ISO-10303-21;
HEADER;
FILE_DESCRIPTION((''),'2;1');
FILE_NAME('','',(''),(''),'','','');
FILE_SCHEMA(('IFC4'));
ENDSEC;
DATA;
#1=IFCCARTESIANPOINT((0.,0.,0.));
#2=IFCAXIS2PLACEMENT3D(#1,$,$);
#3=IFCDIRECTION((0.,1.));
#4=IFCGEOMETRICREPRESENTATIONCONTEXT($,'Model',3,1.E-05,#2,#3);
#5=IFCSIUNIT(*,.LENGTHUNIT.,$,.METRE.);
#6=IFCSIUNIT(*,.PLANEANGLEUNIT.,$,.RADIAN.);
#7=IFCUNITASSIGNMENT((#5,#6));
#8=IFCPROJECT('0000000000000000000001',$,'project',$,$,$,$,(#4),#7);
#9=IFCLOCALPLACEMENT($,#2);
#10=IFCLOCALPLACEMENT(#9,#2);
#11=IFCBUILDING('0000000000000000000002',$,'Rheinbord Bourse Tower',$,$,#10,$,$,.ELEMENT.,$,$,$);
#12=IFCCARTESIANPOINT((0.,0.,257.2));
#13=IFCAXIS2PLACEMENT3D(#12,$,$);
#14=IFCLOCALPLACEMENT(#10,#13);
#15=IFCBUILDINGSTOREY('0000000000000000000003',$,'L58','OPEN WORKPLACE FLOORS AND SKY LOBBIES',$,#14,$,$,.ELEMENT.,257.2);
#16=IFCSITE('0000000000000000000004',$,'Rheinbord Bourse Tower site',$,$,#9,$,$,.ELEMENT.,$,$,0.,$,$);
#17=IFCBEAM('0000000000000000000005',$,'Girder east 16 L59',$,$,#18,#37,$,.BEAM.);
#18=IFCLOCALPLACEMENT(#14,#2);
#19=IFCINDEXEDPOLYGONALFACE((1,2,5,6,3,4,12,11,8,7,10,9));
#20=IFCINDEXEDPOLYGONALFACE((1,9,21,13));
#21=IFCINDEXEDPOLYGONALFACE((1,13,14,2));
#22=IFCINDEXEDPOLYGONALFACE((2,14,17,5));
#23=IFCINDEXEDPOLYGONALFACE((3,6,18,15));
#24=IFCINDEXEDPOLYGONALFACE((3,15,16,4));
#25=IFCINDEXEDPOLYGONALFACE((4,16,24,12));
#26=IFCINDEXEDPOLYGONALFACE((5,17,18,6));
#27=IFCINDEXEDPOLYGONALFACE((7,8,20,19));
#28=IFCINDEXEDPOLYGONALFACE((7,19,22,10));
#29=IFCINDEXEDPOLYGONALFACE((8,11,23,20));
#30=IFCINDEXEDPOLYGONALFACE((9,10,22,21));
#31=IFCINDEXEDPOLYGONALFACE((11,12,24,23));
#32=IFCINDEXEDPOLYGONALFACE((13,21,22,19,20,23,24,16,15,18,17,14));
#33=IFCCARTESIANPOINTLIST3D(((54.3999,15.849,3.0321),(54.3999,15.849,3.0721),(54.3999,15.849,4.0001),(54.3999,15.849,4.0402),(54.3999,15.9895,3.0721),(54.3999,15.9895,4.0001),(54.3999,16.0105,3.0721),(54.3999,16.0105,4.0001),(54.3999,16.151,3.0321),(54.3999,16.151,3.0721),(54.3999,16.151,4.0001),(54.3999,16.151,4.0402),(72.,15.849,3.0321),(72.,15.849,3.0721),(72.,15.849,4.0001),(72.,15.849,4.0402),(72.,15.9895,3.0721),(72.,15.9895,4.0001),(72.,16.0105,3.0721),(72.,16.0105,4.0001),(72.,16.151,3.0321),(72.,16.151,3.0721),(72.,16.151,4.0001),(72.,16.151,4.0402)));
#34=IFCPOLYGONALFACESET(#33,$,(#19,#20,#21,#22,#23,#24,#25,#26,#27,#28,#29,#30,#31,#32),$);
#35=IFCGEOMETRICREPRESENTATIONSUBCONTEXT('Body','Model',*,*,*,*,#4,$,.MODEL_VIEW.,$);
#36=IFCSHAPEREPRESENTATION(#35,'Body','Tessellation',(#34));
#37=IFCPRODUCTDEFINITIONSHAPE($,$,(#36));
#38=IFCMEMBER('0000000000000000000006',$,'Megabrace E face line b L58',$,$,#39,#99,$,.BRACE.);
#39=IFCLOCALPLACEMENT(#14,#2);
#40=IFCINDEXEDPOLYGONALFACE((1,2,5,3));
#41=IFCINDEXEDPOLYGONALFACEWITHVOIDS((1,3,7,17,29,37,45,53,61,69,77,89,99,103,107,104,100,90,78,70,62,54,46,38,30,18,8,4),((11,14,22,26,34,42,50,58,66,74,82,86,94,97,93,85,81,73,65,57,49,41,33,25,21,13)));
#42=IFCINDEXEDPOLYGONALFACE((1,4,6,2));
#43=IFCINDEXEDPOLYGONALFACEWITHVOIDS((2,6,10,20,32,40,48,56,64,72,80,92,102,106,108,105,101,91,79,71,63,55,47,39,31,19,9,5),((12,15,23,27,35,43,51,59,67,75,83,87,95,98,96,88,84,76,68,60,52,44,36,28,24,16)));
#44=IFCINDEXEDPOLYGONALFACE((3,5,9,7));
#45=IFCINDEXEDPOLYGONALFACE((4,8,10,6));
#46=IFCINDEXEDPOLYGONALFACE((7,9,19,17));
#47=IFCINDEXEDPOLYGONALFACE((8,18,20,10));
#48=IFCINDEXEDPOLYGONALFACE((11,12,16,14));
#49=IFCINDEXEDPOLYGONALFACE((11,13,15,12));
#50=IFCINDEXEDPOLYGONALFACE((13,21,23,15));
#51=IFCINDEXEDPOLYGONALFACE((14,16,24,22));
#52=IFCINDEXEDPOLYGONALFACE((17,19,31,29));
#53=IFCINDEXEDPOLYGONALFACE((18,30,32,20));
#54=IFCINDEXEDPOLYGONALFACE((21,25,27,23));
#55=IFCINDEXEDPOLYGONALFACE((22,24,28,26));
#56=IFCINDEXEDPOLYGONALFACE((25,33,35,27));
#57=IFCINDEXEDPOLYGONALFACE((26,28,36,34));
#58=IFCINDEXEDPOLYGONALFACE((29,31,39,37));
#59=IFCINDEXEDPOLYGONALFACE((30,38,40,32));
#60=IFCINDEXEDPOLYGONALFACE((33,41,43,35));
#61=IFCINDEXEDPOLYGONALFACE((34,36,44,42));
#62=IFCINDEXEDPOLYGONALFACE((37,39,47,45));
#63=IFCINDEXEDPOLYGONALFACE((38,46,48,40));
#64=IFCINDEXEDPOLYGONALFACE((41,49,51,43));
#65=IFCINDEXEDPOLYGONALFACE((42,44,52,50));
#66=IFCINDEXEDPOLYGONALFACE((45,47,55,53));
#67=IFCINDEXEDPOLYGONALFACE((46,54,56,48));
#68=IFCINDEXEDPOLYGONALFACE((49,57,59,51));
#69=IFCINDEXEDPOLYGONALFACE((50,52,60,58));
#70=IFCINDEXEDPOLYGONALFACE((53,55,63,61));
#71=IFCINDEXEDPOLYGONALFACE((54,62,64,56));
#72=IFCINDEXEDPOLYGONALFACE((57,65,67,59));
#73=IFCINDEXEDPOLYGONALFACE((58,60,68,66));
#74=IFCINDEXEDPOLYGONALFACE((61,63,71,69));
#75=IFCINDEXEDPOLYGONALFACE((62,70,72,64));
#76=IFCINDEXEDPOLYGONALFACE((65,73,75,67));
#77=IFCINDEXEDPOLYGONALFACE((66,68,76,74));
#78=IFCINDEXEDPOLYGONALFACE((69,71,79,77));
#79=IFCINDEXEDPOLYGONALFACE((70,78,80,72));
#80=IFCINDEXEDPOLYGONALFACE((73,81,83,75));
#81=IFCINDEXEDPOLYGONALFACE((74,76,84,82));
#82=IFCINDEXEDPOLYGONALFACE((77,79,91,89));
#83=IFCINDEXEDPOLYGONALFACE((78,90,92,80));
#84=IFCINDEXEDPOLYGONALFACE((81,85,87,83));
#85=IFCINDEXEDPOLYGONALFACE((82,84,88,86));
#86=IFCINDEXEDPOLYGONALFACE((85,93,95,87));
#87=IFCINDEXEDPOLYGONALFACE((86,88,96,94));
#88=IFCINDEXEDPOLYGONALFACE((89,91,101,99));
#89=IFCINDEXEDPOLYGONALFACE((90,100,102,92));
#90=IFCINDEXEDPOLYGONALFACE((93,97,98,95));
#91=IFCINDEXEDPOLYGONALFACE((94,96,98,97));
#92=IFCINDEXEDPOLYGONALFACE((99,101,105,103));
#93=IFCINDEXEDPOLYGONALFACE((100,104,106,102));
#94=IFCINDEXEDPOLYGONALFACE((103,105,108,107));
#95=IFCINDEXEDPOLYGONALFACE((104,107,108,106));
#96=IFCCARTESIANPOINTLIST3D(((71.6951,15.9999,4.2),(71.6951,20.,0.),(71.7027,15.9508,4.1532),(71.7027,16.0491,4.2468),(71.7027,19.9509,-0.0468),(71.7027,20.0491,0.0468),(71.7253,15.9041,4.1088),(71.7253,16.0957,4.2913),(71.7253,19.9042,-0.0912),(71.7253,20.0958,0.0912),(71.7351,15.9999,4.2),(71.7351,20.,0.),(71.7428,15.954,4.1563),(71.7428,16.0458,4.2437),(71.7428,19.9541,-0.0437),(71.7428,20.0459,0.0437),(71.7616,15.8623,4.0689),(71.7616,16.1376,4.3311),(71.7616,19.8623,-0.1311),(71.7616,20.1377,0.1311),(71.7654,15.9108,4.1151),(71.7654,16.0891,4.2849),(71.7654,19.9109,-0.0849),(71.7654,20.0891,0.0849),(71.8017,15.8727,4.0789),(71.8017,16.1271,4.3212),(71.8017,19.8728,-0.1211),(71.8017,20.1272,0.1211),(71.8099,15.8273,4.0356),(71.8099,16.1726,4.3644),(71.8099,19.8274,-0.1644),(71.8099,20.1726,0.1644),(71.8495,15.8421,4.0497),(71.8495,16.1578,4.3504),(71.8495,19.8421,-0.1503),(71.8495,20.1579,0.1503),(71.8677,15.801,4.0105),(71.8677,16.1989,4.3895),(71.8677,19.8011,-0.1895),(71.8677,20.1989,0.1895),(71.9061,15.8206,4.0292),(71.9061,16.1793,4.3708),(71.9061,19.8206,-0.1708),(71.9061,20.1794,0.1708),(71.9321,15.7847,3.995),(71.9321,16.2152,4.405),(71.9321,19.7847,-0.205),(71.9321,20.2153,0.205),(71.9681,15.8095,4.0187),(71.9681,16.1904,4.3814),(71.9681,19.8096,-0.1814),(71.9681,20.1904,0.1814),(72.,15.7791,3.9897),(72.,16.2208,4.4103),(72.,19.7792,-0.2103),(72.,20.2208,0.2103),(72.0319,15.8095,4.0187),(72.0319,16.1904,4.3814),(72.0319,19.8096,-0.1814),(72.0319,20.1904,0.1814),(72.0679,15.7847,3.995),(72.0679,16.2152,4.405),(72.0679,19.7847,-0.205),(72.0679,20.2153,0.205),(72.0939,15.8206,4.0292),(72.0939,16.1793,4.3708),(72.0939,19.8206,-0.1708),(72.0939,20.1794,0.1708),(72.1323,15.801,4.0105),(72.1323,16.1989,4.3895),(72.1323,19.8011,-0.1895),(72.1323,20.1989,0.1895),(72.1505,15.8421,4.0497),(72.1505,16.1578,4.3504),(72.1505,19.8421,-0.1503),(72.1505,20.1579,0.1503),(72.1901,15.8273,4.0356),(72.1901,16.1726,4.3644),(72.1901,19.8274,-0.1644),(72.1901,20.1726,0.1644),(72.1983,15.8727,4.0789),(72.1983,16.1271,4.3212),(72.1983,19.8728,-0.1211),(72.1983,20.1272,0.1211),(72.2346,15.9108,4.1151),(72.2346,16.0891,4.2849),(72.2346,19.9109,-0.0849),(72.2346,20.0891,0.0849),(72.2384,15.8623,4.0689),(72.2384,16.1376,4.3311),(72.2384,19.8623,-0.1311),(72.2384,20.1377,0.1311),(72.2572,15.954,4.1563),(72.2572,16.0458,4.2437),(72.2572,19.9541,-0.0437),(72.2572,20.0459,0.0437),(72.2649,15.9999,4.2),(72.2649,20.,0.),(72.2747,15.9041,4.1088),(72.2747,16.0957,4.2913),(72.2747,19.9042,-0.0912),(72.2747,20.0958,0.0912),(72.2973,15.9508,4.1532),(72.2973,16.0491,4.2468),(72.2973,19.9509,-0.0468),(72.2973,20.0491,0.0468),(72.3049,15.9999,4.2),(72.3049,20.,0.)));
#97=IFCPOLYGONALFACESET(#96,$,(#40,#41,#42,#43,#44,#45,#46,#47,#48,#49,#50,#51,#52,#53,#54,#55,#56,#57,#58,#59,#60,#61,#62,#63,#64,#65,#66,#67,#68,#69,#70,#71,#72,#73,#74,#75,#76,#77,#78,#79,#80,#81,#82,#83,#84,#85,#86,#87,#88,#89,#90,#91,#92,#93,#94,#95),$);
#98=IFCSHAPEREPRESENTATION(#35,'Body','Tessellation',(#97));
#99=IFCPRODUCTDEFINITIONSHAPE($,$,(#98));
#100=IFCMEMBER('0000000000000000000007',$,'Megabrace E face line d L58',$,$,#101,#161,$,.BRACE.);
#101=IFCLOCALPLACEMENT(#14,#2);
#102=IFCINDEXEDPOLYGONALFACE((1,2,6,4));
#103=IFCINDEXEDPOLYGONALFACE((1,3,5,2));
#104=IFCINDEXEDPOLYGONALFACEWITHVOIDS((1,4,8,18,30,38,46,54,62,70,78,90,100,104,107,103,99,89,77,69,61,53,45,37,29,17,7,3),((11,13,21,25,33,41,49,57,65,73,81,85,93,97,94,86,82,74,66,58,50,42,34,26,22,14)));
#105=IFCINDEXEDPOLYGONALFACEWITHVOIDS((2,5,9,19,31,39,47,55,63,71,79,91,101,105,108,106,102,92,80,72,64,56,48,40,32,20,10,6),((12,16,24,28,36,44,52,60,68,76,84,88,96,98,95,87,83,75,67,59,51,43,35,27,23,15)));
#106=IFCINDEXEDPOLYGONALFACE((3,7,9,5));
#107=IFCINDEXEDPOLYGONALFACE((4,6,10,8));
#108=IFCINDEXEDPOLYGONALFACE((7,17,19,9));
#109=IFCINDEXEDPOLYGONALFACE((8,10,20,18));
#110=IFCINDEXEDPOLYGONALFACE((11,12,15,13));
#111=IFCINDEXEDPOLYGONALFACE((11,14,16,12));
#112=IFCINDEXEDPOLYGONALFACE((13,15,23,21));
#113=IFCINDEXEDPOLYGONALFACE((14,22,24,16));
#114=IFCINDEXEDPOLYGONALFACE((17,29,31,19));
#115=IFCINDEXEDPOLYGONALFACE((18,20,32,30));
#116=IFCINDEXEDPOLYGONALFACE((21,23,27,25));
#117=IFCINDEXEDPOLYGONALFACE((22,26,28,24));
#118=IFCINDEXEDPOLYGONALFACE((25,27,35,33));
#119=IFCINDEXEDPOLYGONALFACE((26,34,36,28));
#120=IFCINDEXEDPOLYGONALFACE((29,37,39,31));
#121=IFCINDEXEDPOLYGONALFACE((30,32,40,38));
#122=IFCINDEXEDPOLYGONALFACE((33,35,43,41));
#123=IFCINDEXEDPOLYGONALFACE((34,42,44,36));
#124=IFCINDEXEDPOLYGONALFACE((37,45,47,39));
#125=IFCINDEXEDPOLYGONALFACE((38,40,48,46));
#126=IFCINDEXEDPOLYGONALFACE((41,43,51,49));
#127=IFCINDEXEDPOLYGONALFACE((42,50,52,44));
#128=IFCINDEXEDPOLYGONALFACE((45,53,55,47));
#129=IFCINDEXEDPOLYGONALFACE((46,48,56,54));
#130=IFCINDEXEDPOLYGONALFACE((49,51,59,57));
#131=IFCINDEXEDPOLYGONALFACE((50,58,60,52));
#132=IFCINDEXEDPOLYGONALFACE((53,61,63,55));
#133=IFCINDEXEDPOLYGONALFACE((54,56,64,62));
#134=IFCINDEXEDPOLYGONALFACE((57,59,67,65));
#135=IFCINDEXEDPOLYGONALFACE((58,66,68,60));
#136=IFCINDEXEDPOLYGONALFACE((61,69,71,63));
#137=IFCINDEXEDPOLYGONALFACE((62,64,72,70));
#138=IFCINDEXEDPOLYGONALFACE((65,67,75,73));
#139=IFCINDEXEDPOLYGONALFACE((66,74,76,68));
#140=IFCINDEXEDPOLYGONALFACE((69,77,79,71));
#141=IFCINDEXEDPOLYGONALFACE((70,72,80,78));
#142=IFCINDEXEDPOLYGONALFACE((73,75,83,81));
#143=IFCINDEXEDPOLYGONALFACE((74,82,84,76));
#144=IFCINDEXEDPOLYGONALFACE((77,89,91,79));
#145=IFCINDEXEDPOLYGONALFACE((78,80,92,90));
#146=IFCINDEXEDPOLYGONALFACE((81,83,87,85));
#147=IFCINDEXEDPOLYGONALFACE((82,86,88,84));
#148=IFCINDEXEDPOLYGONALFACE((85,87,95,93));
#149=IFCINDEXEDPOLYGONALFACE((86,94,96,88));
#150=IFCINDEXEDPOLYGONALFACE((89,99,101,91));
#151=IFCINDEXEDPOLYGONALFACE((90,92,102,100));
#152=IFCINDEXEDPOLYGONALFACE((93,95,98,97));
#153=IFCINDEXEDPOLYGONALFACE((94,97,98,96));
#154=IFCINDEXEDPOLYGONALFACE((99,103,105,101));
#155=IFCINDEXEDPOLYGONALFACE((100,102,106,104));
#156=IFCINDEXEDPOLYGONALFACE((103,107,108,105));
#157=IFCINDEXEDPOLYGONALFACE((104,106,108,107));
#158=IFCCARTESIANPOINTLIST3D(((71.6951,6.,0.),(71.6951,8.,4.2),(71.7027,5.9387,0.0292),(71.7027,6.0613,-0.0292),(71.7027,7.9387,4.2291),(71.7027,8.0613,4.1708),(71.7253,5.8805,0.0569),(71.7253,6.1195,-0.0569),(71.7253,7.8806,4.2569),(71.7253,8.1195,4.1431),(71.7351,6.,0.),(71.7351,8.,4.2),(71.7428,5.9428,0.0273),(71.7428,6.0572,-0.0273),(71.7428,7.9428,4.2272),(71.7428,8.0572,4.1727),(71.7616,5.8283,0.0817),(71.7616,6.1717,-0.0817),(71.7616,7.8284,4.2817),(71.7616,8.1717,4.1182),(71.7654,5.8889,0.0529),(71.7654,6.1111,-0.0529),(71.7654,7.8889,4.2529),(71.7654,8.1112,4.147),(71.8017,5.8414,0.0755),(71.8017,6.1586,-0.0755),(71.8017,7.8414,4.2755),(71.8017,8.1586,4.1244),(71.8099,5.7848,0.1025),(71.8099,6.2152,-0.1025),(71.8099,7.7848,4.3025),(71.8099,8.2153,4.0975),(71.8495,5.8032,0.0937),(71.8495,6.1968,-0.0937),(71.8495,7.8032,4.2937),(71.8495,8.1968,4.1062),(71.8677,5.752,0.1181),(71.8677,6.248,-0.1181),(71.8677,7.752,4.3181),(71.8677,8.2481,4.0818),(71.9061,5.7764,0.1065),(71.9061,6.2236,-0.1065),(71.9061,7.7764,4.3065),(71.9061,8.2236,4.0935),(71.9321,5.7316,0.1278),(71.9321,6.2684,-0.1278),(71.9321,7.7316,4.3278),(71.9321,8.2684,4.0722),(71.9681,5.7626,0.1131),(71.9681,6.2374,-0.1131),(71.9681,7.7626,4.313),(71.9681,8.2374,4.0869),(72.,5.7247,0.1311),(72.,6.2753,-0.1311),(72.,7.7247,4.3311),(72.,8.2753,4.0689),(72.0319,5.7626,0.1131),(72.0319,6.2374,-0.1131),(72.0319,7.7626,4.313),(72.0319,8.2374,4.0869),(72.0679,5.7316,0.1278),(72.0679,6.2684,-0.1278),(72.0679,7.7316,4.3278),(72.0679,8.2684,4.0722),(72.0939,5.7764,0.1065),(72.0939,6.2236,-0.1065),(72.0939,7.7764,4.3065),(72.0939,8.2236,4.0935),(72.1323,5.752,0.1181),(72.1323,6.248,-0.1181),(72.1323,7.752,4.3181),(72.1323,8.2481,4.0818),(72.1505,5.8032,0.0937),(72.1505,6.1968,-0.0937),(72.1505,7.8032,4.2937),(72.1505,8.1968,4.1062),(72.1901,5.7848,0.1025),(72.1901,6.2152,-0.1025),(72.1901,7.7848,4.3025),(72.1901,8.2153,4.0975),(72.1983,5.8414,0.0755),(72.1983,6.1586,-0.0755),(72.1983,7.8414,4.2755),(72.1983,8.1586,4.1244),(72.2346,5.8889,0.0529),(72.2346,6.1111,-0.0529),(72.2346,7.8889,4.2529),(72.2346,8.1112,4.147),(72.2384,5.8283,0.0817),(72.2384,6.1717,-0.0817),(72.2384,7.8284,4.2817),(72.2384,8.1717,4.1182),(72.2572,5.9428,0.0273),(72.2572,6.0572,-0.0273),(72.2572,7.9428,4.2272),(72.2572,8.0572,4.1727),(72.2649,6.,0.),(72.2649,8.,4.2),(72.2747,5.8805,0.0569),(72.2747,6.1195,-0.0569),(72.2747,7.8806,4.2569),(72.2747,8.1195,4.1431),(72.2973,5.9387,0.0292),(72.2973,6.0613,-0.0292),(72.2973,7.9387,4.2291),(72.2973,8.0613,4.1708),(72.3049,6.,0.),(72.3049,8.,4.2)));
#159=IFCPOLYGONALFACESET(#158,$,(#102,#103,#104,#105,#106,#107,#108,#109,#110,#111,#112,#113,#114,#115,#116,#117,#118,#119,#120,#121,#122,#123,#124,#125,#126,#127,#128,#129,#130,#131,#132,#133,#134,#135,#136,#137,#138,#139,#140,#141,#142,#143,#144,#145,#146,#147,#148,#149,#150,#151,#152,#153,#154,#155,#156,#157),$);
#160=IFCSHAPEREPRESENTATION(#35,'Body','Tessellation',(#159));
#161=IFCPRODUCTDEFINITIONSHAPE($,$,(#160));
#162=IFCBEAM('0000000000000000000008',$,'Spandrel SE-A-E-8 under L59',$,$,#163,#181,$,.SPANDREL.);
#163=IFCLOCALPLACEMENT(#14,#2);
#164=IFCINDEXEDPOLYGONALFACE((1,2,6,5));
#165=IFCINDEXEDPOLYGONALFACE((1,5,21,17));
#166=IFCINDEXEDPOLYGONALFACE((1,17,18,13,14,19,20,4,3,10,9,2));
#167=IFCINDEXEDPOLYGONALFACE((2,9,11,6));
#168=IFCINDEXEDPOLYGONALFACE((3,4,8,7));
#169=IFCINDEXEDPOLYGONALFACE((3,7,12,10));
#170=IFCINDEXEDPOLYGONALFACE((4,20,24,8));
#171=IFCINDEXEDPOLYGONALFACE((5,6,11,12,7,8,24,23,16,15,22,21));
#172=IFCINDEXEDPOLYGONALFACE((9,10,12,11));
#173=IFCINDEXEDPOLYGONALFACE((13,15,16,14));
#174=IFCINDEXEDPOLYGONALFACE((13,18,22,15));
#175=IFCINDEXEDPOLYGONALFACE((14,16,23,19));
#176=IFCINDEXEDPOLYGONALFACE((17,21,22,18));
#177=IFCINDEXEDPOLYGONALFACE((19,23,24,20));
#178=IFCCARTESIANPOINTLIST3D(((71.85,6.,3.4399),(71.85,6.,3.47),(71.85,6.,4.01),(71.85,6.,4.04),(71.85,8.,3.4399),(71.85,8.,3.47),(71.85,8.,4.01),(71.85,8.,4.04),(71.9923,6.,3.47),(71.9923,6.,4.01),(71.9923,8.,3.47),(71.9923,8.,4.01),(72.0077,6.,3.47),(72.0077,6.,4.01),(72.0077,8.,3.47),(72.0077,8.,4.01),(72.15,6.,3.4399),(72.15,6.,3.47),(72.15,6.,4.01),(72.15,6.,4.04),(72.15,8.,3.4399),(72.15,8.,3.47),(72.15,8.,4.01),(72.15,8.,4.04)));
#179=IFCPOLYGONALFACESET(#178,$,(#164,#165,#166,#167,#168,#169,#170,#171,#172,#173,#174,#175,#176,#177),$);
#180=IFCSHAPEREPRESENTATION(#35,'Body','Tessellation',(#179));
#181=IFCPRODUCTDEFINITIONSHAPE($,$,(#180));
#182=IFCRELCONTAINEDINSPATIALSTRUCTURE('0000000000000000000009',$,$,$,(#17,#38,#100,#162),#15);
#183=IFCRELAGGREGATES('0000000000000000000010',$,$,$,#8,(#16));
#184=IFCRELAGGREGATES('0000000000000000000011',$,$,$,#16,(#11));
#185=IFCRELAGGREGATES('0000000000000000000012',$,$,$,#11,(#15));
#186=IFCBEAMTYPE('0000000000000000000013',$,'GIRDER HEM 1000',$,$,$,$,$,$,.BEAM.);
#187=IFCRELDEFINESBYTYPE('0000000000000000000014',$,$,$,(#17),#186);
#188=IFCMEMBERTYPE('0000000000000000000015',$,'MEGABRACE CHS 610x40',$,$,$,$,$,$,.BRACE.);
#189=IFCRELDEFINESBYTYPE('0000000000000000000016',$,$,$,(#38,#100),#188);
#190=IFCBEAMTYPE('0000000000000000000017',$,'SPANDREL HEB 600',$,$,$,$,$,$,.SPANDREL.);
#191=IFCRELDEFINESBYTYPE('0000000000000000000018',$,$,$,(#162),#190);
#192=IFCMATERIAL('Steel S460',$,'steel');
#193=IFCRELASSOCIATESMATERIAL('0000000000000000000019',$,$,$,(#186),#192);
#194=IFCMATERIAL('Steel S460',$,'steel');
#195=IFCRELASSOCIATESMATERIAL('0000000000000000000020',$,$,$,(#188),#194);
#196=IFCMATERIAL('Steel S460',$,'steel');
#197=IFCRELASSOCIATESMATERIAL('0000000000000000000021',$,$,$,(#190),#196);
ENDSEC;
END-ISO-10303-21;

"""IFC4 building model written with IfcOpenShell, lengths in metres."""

from ifc_helpers import new_model, si_unit, direction, frame, origin, origin_2d, place, context, subcontext, project, spatial, hollow_circle, i_section, extrude, material, material_profile, profile_set, type_object, element, save


model = new_model("IFC4")

# Units and contexts
model_context = context("Model", 3, precision=1e-05, world=origin(), true_north=direction((0.0, 1.0)))
body_context = subcontext(model_context, "Body", "Model", "MODEL_VIEW")
ifc_project = project(units=[si_unit("LENGTHUNIT", "METRE"), si_unit("PLANEANGLEUNIT", "RADIAN")], contexts=[model_context])

# Site, building, storey
site_placement = place(None, origin())
site = spatial("IfcSite", under=ifc_project, at=site_placement, Name="Rheinbord Bourse Tower site", CompositionType="ELEMENT", RefElevation=0.0)
building_placement = place(site_placement, origin())
building = spatial("IfcBuilding", under=site, at=building_placement, Name="Rheinbord Bourse Tower", CompositionType="ELEMENT")
storey_placement = place(building_placement, frame((0.0, 0.0, 257.2)))
storey = spatial("IfcBuildingStorey", under=building, at=storey_placement, Name="L58", Description="OPEN WORKPLACE FLOORS AND SKY LOBBIES", CompositionType="ELEMENT", Elevation=257.2)

# Beam
ifc_material_1 = material(Name="Steel S460", Category="steel")
ifc_material_profile_1 = material_profile(ifc_material_1, i_section(OverallWidth=0.302, OverallDepth=1.0081, WebThickness=0.021, FlangeThickness=0.04, at=origin_2d()), Name="HEM 1000")
ifc_profile_set_1 = profile_set([ifc_material_profile_1], Name="Steel S460")
beam_type_1 = type_object("IfcBeamType", Name="GIRDER HEM 1000", PredefinedType="BEAM", material=ifc_profile_set_1)
beam_1_placement = place(storey_placement, frame((54.3999, 16.0, 3.5361), z_axis=(1.0, 0.0, 0.0), x_axis=(0.0, 1.0, 0.0)))
element("IfcBeam", 1, at=beam_1_placement, inside=storey, type_object=beam_type_1, Name="Girder east 16 L59", PredefinedType="BEAM", context=body_context, shape_type="SweptSolid", body=[
    extrude(i_section(OverallWidth=0.302, OverallDepth=1.0081, WebThickness=0.021, FlangeThickness=0.04, at=origin_2d()), origin(), (0.0, 0.0, 1.0), 17.6001),
])

# Members
ifc_material_2 = material(Name="Steel S460", Category="steel")
ifc_material_profile_2 = material_profile(ifc_material_2, hollow_circle(Radius=0.3049, WallThickness=0.04, at=origin_2d()), Name="CHS 610x40")
ifc_profile_set_2 = profile_set([ifc_material_profile_2], Name="Steel S460")
member_type_1 = type_object("IfcMemberType", Name="MEGABRACE CHS 610x40", PredefinedType="BRACE", material=ifc_profile_set_2)
member_1_placement = place(storey_placement, frame((72.0, 20.0, 0.0), z_axis=(0.0, -0.689659, 0.724134), x_axis=(1.0, 0.0, 0.0)))
element("IfcMember", 2, at=member_1_placement, inside=storey, type_object=member_type_1, Name="Megabrace E face line b L58", PredefinedType="BRACE", context=body_context, shape_type="SweptSolid", body=[
    extrude(hollow_circle(Radius=0.3049, WallThickness=0.04, at=origin_2d()), origin(), (0.0, 0.0, 1.0), 5.8),
])
member_2_placement = place(storey_placement, frame((72.0, 6.0, 0.0), z_axis=(0.0, 0.429938, 0.902859), x_axis=(-1.0, 0.0, 0.0)))
element("IfcMember", 3, at=member_2_placement, inside=storey, type_object=member_type_1, Name="Megabrace E face line d L58", PredefinedType="BRACE", context=body_context, shape_type="SweptSolid", body=[
    extrude(hollow_circle(Radius=0.3049, WallThickness=0.04, at=origin_2d()), origin(), (0.0, 0.0, 1.0), 4.6519),
])

# Beam
ifc_material_3 = material(Name="Steel S460", Category="steel")
ifc_material_profile_3 = material_profile(ifc_material_3, i_section(OverallWidth=0.3, OverallDepth=0.6001, WebThickness=0.0154, FlangeThickness=0.03, at=origin_2d()), Name="HEB 600")
ifc_profile_set_3 = profile_set([ifc_material_profile_3], Name="Steel S460")
beam_type_2 = type_object("IfcBeamType", Name="SPANDREL HEB 600", PredefinedType="SPANDREL", material=ifc_profile_set_3)
beam_2_placement = place(storey_placement, frame((72.0, 6.0, 3.74), z_axis=(0.0, 1.0, 0.0), x_axis=(-1.0, 0.0, 0.0)))
element("IfcBeam", 4, at=beam_2_placement, inside=storey, type_object=beam_type_2, Name="Spandrel SE-A-E-8 under L59", PredefinedType="SPANDREL", context=body_context, shape_type="SweptSolid", body=[
    extrude(i_section(OverallWidth=0.3, OverallDepth=0.6001, WebThickness=0.0154, FlangeThickness=0.03, at=origin_2d()), origin(), (0.0, 0.0, 1.0), 2.0),
])

save(model, "model.ifc")
